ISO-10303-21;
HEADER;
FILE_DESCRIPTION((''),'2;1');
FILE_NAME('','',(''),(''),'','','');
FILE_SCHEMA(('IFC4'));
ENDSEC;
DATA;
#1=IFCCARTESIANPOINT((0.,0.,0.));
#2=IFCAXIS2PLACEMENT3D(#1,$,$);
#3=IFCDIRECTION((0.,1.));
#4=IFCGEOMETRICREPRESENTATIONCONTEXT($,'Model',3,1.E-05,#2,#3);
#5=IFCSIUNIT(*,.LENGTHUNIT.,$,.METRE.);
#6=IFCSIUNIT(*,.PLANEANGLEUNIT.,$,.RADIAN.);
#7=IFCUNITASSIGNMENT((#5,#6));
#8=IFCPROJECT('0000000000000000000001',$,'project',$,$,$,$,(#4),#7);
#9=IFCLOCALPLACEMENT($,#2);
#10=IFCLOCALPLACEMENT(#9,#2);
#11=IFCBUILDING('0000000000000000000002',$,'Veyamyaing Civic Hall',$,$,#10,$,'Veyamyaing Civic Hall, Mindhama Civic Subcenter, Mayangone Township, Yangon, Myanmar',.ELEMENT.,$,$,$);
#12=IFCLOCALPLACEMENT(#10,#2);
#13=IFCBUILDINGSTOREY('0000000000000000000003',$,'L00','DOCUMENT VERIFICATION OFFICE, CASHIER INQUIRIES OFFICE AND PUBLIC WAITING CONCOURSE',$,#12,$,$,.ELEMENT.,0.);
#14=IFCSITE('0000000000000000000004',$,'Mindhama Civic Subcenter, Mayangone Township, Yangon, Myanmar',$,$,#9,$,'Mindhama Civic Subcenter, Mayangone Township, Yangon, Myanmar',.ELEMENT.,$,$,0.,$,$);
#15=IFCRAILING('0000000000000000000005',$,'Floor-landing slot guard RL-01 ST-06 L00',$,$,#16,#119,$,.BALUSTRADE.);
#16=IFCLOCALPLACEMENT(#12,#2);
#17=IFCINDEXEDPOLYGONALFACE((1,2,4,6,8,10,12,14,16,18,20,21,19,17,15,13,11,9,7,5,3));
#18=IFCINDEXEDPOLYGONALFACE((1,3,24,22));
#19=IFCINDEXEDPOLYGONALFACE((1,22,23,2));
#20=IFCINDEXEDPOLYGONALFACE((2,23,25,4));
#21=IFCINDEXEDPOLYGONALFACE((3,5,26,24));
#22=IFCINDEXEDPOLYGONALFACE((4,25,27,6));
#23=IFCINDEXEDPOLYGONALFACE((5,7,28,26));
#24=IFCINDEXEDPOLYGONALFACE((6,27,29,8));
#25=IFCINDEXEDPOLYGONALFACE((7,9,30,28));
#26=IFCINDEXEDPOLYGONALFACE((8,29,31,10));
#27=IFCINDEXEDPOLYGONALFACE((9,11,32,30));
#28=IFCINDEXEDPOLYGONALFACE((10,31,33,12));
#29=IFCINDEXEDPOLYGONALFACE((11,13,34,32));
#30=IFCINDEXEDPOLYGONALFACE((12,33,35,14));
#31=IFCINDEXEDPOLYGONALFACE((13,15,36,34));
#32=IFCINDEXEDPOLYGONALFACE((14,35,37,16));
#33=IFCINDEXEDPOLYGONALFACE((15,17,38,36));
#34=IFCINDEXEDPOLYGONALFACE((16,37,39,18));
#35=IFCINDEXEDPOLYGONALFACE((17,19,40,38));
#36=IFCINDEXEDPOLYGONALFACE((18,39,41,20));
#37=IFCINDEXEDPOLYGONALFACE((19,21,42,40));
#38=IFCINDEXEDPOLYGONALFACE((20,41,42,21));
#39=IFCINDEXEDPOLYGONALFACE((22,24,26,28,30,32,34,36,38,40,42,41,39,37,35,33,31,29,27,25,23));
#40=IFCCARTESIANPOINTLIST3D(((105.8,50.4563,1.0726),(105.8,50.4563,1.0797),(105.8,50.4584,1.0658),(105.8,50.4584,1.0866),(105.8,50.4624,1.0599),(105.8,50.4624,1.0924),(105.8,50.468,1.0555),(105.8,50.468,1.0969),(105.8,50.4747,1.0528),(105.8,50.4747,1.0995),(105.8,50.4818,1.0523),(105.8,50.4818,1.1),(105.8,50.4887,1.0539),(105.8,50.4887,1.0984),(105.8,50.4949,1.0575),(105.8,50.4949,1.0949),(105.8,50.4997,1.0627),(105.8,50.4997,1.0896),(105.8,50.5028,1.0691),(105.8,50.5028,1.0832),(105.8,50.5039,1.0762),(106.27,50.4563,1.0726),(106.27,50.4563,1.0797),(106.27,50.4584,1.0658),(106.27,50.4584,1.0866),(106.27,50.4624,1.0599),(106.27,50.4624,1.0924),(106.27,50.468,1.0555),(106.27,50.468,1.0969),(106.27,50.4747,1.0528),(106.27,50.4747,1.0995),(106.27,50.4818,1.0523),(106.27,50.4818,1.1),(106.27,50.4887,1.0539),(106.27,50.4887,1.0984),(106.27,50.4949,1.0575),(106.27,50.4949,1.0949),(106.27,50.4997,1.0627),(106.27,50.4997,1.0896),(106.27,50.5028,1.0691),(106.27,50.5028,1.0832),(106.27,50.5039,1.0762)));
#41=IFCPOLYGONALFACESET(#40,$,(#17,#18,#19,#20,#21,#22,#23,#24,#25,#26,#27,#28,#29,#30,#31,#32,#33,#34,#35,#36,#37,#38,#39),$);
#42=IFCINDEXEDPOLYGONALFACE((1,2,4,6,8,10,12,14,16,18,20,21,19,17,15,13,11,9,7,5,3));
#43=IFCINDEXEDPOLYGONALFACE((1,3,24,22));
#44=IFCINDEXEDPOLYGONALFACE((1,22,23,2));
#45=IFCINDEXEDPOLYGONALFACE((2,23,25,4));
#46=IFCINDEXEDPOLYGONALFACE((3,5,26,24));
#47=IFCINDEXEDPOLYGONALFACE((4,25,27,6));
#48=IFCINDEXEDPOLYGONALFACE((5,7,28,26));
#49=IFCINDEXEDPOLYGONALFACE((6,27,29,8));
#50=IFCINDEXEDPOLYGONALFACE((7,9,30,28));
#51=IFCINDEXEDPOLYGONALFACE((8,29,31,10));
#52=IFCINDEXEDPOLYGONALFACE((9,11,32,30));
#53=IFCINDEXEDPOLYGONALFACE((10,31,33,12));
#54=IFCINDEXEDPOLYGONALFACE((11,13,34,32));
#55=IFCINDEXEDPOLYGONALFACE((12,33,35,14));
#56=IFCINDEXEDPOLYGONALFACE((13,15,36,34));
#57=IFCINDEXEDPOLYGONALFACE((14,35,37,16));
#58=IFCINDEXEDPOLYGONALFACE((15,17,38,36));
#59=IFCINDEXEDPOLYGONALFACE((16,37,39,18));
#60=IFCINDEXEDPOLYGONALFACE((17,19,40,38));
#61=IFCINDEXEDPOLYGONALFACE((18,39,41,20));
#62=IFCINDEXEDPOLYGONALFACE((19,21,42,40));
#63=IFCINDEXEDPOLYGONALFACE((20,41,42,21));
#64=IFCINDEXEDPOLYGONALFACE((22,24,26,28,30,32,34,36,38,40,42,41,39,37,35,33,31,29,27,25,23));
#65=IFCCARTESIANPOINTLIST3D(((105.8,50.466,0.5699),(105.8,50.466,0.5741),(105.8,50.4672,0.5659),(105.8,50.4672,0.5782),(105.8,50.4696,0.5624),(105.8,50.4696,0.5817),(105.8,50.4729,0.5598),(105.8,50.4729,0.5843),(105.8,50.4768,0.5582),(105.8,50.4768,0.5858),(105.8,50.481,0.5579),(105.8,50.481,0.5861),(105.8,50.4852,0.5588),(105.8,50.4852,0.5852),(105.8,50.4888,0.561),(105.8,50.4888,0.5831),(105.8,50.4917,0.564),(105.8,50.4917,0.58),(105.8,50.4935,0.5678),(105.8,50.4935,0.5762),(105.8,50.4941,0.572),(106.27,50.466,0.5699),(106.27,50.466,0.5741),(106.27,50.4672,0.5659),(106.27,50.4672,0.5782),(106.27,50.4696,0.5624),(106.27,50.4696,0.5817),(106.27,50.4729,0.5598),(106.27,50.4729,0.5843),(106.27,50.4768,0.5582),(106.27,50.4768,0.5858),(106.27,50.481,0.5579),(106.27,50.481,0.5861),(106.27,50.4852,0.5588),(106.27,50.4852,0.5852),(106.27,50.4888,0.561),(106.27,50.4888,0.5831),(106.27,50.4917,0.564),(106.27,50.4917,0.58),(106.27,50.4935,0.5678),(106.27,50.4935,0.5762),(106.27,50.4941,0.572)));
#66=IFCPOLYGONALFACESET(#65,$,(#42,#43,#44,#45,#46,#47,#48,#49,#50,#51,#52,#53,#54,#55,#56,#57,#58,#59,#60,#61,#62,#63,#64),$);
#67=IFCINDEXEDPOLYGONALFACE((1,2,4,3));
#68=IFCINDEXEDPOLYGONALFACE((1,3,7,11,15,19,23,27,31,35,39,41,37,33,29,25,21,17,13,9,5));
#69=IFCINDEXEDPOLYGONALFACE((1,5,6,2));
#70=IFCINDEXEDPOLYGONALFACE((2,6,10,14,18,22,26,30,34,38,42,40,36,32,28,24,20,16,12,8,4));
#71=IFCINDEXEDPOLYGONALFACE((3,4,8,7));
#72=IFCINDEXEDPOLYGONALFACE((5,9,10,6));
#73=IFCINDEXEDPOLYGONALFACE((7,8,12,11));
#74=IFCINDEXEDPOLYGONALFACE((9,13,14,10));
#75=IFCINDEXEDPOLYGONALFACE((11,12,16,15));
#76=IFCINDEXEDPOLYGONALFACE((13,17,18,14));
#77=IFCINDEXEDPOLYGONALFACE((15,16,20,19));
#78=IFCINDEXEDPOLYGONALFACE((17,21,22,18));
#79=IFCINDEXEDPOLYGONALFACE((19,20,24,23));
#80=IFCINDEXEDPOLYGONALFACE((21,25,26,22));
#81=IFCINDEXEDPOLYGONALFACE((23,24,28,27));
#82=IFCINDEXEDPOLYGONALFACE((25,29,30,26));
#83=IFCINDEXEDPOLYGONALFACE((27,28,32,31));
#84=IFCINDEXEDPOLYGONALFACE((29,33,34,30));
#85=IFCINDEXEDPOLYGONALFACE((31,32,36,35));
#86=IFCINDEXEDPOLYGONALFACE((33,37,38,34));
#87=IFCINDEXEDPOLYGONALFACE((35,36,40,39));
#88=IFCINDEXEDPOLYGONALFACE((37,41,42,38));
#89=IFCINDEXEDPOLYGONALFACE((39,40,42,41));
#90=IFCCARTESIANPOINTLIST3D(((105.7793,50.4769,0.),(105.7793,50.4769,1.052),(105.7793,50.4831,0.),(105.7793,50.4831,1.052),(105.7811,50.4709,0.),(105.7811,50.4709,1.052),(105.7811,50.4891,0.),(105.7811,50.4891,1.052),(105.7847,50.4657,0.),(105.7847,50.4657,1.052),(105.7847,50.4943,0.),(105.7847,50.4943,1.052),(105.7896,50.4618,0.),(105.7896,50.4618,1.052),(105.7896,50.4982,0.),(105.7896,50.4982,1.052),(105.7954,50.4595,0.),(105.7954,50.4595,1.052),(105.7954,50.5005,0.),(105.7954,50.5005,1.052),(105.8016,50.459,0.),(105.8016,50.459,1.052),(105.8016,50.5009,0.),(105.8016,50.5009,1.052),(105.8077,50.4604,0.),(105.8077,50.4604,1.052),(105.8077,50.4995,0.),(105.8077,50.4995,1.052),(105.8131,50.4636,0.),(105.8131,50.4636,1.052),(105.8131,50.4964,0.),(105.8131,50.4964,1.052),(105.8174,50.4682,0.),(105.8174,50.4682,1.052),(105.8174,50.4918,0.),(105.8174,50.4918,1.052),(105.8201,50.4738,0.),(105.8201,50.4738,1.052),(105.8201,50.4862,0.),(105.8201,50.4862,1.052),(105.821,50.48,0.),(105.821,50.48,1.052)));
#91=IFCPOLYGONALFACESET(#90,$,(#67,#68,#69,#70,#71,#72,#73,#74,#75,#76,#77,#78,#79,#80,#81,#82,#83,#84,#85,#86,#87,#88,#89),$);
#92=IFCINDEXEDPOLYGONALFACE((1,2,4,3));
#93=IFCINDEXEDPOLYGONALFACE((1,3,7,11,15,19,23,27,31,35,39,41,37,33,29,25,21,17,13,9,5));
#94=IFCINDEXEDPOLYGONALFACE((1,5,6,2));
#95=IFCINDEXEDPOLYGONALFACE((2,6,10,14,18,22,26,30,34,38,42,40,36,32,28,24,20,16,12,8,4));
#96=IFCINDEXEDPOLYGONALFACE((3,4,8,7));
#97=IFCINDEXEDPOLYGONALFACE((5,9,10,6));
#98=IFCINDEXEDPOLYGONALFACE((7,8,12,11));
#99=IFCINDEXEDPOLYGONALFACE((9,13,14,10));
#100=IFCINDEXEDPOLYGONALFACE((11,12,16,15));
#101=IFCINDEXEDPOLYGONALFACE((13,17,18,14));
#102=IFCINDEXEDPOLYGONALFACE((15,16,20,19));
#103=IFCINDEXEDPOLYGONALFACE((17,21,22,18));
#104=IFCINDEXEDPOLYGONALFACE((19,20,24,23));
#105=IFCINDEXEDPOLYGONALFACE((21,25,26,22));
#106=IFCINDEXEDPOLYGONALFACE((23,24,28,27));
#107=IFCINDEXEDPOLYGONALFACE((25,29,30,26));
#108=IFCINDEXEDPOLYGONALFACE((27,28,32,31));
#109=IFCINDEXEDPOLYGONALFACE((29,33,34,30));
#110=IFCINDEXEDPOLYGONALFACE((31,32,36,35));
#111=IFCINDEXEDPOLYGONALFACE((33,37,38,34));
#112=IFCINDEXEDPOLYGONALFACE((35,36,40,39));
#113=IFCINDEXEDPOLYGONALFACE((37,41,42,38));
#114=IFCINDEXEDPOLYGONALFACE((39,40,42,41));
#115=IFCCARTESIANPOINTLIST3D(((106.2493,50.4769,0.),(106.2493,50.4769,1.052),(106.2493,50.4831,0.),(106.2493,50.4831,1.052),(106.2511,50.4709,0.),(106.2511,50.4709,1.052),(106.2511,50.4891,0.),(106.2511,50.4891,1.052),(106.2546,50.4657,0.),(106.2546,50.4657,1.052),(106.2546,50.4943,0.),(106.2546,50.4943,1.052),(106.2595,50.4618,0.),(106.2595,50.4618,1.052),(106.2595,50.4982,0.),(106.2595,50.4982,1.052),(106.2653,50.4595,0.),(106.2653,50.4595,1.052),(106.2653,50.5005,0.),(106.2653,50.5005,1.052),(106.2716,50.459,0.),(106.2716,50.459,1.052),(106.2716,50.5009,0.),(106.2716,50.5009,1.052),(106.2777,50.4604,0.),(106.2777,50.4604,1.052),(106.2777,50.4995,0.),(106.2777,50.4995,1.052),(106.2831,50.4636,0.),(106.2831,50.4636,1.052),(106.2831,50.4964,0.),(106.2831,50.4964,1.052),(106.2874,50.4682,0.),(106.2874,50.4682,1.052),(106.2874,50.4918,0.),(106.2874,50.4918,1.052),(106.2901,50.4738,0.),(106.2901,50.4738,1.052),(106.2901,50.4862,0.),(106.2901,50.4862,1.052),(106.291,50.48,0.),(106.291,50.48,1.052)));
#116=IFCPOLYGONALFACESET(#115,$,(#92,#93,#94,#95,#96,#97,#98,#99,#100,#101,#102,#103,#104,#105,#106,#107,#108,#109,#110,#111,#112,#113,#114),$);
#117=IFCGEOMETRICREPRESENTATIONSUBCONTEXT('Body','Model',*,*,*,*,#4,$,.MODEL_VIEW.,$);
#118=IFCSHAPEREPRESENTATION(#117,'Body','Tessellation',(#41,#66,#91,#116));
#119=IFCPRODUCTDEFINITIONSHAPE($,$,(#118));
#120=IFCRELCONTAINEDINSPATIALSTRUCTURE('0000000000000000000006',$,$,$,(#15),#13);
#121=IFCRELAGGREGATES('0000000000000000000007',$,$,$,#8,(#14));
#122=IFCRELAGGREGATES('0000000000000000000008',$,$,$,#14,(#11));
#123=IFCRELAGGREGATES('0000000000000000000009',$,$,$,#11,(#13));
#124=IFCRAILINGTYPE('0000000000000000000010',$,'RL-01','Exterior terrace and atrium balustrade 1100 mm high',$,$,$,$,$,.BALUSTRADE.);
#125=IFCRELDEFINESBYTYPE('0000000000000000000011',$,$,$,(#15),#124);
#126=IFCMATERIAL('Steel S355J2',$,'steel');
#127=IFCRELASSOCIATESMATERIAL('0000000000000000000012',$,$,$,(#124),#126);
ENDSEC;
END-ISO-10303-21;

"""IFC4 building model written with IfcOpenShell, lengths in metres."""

from ifc_helpers import new_model, si_unit, direction, frame, origin, origin_2d, place, context, subcontext, project, spatial, circle, extrude, material, type_object, element, save


model = new_model("IFC4")

# Units and contexts
model_context = context("Model", 3, precision=1e-05, world=origin(), true_north=direction((0.0, 1.0)))
body_context = subcontext(model_context, "Body", "Model", "MODEL_VIEW")
ifc_project = project(units=[si_unit("LENGTHUNIT", "METRE"), si_unit("PLANEANGLEUNIT", "RADIAN")], contexts=[model_context])

# Site, building, storey
site_placement = place(None, origin())
site = spatial("IfcSite", under=ifc_project, at=site_placement, Name="Mindhama Civic Subcenter, Mayangone Township, Yangon, Myanmar", LongName="Mindhama Civic Subcenter, Mayangone Township, Yangon, Myanmar", CompositionType="ELEMENT", RefElevation=0.0)
building_placement = place(site_placement, origin())
building = spatial("IfcBuilding", under=site, at=building_placement, Name="Veyamyaing Civic Hall", LongName="Veyamyaing Civic Hall, Mindhama Civic Subcenter, Mayangone Township, Yangon, Myanmar", CompositionType="ELEMENT")
storey_placement = place(building_placement, origin())
storey = spatial("IfcBuildingStorey", under=building, at=storey_placement, Name="L00", Description="DOCUMENT VERIFICATION OFFICE, CASHIER INQUIRIES OFFICE AND PUBLIC WAITING CONCOURSE", CompositionType="ELEMENT", Elevation=0.0)

# Railing
ifc_material_1 = material(Name="Steel S355J2", Category="steel")
railing_type_1 = type_object("IfcRailingType", Name="RL-01", Description="Exterior terrace and atrium balustrade 1100 mm high", PredefinedType="BALUSTRADE", material=ifc_material_1)
railing_1_placement = place(storey_placement, frame((105.8, 50.48, 0.0)))
element("IfcRailing", 1, at=railing_1_placement, inside=storey, type_object=railing_type_1, Name="Floor-landing slot guard RL-01 ST-06 L00", PredefinedType="BALUSTRADE", context=body_context, shape_type="SweptSolid", body=[
    extrude(circle(Radius=0.0239, at=origin_2d()), frame((0.0, 0.0, 1.0762), z_axis=(1.0, 0.0, 0.0), x_axis=(0.0, 1.0, 0.0)), (0.0, 0.0, 1.0), 0.47),
    extrude(circle(Radius=0.0142, at=origin_2d()), frame((0.0, 0.0, 0.572), z_axis=(1.0, 0.0, 0.0), x_axis=(0.0, 1.0, 0.0)), (0.0, 0.0, 1.0), 0.47),
    extrude(circle(Radius=0.021, at=origin_2d()), origin(), (0.0, 0.0, 1.0), 1.052),
    extrude(circle(Radius=0.021, at=origin_2d()), frame((0.47, 0.0, 0.0)), (0.0, 0.0, 1.0), 1.052),
])

save(model, "model.ifc")
